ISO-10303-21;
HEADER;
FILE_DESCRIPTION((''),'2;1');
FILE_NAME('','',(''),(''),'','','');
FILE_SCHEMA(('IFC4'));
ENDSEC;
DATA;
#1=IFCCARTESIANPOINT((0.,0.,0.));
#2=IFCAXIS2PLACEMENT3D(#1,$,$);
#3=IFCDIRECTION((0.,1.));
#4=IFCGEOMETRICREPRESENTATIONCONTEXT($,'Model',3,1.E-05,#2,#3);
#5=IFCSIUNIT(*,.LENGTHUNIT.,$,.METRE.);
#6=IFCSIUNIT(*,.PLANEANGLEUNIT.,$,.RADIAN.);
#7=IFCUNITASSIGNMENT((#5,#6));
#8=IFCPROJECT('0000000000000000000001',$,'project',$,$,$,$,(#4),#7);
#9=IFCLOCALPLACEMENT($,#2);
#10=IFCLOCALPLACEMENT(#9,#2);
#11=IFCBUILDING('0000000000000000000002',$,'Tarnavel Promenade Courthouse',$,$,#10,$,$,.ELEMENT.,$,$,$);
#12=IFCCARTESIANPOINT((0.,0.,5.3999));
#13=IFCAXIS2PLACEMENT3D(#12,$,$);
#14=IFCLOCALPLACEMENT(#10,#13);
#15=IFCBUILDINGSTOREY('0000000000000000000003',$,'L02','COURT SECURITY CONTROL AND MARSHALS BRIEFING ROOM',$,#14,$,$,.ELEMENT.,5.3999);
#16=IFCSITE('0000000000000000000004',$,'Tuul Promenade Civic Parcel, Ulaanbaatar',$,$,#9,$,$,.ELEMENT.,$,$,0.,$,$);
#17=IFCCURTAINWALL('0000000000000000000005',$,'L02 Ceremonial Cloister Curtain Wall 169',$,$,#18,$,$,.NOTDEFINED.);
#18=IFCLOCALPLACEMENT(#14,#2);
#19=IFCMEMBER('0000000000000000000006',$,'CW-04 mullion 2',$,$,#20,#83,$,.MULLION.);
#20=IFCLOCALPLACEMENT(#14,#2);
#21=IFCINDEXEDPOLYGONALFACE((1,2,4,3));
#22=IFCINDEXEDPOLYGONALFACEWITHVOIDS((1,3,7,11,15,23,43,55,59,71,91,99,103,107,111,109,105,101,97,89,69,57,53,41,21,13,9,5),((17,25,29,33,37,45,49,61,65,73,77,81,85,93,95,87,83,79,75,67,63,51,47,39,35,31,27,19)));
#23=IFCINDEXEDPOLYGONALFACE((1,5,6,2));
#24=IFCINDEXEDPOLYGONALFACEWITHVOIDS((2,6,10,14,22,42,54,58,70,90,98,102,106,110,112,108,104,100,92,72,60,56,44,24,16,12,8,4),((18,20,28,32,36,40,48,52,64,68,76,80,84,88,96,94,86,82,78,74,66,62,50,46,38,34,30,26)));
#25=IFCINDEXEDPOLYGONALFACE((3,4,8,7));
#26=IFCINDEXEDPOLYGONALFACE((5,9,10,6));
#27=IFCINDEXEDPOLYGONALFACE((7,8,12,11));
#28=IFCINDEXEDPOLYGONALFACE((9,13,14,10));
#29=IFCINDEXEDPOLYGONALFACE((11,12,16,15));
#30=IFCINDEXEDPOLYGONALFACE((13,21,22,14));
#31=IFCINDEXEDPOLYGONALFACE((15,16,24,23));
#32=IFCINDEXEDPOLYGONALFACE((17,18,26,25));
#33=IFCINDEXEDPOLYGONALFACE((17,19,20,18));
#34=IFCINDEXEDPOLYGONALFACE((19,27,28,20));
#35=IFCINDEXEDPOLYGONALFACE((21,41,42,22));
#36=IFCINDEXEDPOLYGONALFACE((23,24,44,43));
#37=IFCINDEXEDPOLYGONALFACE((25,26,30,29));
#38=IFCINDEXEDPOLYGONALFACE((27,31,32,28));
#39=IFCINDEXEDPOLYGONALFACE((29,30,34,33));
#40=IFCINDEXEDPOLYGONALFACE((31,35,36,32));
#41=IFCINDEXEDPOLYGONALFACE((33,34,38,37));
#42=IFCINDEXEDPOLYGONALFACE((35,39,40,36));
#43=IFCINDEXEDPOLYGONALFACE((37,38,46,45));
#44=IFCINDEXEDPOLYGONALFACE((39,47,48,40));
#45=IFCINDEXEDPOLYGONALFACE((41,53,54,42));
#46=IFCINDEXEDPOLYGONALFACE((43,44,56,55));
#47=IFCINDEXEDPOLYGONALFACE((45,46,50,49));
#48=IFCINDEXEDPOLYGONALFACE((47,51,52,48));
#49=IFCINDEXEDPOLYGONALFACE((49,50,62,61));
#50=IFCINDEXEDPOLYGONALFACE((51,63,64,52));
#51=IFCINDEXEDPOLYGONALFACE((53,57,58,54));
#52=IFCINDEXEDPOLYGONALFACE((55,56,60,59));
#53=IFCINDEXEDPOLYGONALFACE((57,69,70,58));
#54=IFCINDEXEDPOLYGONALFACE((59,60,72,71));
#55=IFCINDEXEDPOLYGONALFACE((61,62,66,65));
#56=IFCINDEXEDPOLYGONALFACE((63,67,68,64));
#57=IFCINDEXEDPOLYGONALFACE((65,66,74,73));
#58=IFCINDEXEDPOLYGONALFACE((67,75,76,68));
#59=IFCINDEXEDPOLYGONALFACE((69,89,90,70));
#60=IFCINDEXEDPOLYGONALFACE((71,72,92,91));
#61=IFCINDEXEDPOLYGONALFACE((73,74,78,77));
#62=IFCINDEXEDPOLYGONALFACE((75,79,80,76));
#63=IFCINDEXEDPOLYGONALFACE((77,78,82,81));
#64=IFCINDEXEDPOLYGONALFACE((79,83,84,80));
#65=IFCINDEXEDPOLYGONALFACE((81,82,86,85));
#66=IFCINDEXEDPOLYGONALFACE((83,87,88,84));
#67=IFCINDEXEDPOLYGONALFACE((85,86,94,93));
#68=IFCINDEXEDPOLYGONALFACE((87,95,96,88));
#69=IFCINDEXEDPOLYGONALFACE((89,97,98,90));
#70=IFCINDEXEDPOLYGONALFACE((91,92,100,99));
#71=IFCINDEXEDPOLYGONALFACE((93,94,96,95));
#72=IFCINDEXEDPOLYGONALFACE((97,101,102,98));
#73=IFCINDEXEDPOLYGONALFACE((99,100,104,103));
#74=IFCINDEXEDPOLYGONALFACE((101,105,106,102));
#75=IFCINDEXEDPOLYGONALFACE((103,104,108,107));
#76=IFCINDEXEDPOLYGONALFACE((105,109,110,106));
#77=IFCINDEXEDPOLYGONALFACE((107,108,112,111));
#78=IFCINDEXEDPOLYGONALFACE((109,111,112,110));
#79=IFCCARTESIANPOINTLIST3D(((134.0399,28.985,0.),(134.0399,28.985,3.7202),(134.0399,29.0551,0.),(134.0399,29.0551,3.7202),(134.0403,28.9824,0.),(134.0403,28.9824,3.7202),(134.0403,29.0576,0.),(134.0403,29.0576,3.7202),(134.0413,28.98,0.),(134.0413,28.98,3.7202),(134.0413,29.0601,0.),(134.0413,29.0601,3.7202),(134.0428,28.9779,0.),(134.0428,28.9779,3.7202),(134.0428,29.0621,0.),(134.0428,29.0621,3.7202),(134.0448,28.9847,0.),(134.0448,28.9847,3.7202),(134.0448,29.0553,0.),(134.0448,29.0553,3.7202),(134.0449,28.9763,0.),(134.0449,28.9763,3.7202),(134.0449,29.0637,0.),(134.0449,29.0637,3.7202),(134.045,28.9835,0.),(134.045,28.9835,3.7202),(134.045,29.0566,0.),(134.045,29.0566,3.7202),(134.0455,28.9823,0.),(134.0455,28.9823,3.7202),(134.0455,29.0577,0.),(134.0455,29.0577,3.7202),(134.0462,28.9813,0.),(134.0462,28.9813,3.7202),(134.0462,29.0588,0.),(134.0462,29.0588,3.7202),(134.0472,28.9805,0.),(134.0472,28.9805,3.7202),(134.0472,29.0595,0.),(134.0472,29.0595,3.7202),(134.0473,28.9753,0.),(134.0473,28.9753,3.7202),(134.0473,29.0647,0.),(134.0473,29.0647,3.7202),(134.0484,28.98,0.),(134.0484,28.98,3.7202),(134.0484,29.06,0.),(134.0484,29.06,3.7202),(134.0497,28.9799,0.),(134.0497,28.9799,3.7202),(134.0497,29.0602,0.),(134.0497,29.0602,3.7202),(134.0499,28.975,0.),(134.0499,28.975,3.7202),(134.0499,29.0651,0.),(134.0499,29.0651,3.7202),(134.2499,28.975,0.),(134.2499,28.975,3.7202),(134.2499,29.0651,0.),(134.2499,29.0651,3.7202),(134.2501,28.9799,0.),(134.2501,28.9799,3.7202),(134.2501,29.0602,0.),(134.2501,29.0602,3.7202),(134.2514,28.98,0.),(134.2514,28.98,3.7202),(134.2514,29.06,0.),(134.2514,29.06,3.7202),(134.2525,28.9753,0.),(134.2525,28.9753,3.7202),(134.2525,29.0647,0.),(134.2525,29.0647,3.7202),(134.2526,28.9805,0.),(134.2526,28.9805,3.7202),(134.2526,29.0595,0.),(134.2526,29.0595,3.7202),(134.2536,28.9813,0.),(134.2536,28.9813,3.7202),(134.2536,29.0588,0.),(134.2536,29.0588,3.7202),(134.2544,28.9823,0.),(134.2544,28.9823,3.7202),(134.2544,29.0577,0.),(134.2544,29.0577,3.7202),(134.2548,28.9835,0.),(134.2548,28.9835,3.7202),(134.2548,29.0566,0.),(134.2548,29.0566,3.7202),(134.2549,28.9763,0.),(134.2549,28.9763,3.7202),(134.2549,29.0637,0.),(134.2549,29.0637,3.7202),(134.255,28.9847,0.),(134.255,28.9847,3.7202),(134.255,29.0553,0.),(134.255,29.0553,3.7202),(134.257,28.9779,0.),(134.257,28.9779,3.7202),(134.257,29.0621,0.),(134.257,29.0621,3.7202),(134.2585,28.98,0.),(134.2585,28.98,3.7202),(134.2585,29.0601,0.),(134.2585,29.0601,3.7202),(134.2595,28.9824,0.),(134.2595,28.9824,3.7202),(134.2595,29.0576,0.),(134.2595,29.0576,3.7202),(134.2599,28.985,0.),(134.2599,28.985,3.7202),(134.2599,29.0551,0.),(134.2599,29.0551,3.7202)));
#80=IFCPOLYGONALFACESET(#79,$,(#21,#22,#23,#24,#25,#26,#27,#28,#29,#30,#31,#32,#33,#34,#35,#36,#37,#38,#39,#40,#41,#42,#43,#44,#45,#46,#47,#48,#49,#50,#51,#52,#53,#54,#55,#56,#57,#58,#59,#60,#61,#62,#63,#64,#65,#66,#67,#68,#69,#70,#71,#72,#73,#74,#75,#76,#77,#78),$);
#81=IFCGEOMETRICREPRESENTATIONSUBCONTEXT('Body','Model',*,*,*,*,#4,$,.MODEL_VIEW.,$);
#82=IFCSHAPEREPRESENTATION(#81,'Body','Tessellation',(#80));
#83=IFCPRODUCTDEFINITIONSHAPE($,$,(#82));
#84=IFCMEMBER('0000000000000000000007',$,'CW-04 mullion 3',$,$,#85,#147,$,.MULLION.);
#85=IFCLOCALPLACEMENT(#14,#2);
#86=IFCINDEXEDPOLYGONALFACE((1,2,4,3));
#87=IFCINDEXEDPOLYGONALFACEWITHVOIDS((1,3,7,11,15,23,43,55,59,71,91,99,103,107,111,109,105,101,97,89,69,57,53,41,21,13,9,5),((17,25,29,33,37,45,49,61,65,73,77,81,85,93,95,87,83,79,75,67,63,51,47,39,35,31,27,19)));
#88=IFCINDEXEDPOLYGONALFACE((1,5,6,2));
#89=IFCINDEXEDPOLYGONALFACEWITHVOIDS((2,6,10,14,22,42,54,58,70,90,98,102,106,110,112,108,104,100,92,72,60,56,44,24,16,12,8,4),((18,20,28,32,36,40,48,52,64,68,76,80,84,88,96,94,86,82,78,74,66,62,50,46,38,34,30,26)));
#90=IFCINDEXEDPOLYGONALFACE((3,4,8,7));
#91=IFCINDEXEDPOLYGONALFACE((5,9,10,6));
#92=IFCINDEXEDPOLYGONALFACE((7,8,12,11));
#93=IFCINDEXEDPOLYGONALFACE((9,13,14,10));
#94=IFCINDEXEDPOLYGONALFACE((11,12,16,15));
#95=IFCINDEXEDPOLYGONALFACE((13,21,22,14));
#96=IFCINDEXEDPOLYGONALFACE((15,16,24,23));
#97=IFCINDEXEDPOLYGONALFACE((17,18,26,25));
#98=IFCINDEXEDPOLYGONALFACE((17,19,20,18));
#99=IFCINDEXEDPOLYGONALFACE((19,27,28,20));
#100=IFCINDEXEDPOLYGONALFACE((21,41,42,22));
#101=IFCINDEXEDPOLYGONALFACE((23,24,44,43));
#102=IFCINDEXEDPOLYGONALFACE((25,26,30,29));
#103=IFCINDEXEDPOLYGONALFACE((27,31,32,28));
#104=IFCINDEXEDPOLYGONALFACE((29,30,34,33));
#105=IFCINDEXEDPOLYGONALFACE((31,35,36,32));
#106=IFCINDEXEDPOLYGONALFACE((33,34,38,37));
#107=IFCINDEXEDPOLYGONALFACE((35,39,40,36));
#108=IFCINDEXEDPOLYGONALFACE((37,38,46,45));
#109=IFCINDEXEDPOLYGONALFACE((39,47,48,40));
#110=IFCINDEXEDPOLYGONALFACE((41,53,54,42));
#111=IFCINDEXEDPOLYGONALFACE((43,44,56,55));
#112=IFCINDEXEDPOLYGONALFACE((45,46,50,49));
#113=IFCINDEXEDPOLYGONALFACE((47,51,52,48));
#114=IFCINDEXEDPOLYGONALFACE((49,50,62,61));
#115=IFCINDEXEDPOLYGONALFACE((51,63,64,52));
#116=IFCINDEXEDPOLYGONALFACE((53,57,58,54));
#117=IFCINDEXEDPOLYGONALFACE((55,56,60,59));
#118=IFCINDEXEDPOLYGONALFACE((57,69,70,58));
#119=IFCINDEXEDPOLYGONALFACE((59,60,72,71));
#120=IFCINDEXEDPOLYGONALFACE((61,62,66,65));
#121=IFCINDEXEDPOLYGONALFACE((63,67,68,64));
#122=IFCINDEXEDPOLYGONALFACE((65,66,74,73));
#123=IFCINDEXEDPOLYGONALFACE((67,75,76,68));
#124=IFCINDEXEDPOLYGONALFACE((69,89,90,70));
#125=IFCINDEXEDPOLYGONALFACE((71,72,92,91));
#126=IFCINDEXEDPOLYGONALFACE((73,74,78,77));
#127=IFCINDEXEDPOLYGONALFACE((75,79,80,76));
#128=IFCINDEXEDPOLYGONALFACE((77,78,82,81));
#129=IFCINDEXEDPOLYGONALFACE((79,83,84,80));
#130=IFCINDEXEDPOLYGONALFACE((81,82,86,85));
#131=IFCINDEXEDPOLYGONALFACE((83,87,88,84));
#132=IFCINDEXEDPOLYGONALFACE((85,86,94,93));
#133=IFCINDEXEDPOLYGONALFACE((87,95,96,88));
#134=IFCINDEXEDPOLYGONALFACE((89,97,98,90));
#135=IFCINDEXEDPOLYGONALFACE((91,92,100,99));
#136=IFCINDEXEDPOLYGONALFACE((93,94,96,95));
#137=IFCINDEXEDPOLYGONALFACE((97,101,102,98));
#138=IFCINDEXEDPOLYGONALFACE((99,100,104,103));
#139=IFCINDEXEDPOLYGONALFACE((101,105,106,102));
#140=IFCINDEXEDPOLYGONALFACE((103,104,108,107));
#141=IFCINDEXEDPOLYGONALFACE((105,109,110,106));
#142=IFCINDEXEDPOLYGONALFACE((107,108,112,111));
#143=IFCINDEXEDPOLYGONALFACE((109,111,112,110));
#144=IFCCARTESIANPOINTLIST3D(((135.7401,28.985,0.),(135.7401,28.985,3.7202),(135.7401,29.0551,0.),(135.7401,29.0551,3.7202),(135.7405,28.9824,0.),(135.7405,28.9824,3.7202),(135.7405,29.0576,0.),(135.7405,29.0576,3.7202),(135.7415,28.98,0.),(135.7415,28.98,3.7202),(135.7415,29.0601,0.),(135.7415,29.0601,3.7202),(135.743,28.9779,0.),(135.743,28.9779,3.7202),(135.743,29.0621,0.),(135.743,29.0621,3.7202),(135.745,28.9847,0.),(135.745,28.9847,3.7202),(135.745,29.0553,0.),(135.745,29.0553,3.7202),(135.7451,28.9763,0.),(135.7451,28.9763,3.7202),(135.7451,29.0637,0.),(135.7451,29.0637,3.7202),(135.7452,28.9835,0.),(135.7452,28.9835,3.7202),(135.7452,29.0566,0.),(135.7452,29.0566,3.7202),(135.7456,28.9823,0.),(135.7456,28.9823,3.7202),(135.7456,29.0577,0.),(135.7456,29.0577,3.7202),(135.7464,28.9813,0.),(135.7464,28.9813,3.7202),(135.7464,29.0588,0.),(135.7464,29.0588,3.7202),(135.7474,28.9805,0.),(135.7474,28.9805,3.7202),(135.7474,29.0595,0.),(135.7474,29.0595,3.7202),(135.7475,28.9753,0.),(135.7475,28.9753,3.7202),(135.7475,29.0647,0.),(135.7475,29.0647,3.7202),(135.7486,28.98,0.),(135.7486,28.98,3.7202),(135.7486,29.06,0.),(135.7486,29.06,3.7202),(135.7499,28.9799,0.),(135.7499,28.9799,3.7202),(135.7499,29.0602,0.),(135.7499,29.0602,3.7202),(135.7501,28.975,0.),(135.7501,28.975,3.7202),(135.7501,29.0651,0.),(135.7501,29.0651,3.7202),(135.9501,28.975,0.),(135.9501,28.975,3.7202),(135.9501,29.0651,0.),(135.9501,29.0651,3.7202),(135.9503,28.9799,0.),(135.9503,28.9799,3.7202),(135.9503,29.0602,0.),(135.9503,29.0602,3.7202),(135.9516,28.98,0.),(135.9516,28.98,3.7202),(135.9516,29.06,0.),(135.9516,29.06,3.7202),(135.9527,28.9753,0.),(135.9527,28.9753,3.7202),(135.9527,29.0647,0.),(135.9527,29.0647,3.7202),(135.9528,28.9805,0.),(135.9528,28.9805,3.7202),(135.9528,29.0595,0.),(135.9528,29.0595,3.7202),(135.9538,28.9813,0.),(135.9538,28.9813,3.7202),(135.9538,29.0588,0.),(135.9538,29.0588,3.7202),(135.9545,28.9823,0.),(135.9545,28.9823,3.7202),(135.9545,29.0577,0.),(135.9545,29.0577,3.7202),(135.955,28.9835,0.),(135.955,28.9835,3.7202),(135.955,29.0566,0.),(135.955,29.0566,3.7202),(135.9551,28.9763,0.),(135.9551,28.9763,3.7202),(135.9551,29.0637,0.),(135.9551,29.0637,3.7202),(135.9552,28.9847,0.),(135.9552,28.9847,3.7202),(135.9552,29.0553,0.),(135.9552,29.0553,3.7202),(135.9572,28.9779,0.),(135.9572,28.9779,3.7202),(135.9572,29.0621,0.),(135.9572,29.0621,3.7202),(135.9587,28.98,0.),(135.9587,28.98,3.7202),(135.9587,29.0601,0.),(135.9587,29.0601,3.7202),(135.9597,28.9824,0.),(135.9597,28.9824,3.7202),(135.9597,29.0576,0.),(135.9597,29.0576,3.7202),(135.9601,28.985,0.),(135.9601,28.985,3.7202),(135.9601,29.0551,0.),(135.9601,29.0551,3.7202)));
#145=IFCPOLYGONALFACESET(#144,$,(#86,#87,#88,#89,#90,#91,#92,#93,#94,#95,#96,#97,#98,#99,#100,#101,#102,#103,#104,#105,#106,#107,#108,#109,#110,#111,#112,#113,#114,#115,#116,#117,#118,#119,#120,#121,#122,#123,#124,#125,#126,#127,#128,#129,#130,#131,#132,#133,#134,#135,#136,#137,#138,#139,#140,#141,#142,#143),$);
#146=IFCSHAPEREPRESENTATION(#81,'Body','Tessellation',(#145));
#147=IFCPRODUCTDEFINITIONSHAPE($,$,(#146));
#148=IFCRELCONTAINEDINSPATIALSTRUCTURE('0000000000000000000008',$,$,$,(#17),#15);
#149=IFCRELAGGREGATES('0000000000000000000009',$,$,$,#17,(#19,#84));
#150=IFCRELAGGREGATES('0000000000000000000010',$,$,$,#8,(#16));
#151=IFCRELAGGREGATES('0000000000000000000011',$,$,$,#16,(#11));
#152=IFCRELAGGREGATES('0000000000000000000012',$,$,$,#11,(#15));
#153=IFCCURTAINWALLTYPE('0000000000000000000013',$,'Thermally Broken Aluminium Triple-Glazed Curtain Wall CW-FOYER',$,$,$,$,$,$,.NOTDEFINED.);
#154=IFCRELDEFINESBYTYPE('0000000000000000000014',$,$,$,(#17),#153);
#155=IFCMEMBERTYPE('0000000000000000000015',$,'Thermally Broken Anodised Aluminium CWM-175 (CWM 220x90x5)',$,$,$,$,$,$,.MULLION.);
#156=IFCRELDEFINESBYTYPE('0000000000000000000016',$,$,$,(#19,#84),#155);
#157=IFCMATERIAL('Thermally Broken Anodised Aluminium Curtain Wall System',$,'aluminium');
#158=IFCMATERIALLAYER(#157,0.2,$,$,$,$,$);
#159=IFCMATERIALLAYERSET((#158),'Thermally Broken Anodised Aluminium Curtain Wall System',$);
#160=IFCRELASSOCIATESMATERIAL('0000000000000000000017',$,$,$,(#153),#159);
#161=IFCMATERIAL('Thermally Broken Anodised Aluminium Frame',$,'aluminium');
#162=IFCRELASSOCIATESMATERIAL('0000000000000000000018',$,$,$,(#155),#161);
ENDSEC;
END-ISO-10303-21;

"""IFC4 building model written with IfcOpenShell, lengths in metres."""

from ifc_helpers import new_model, si_unit, direction, frame, origin, origin_2d, place, context, subcontext, project, spatial, hollow_rectangle, extrude, material, layer, layer_set, material_profile, profile_set, type_object, element, aggregate, save


model = new_model("IFC4")

# Units and contexts
model_context = context("Model", 3, precision=1e-05, world=origin(), true_north=direction((0.0, 1.0)))
body_context = subcontext(model_context, "Body", "Model", "MODEL_VIEW")
ifc_project = project(units=[si_unit("LENGTHUNIT", "METRE"), si_unit("PLANEANGLEUNIT", "RADIAN")], contexts=[model_context])

# Site, building, storey
site_placement = place(None, origin())
site = spatial("IfcSite", under=ifc_project, at=site_placement, Name="Tuul Promenade Civic Parcel, Ulaanbaatar", CompositionType="ELEMENT", RefElevation=0.0)
building_placement = place(site_placement, origin())
building = spatial("IfcBuilding", under=site, at=building_placement, Name="Tarnavel Promenade Courthouse", CompositionType="ELEMENT")
storey_placement = place(building_placement, frame((0.0, 0.0, 5.3999)))
storey = spatial("IfcBuildingStorey", under=building, at=storey_placement, Name="L02", Description="COURT SECURITY CONTROL AND MARSHALS BRIEFING ROOM", CompositionType="ELEMENT", Elevation=5.3999)

# Curtain wall, members
ifc_material_1 = material(Name="Thermally Broken Anodised Aluminium Curtain Wall System", Category="aluminium")
ifc_layer_1 = layer(ifc_material_1, 0.2)
ifc_layer_set_1 = layer_set([ifc_layer_1], Name="Thermally Broken Anodised Aluminium Curtain Wall System")
curtain_wall_type = type_object("IfcCurtainWallType", Name="Thermally Broken Aluminium Triple-Glazed Curtain Wall CW-FOYER", PredefinedType="NOTDEFINED", material=ifc_layer_set_1)
ifc_material_2 = material(Name="Thermally Broken Anodised Aluminium Frame", Category="aluminium")
ifc_material_profile_1 = material_profile(ifc_material_2, hollow_rectangle(XDim=0.0901, YDim=0.22, WallThickness=0.0049, InnerFilletRadius=0.0049, OuterFilletRadius=0.01, at=origin_2d()), Name="CWM 220x90x5")
ifc_profile_set_1 = profile_set([ifc_material_profile_1], Name="Thermally Broken Anodised Aluminium Frame")
member_type_1 = type_object("IfcMemberType", Name="Thermally Broken Anodised Aluminium CWM-175 (CWM 220x90x5)", PredefinedType="MULLION", material=ifc_profile_set_1)
curtain_wall_1_placement = place(storey_placement, origin())
curtain_wall_1 = element("IfcCurtainWall", 1, at=curtain_wall_1_placement, inside=storey, type_object=curtain_wall_type, Name="L02 Ceremonial Cloister Curtain Wall 169", PredefinedType="NOTDEFINED")
member_1_placement = place(storey_placement, frame((134.1499, 29.02, 0.0), z_axis=(0.0, 0.0, 1.0), x_axis=(0.0, 1.0, 0.0)))
member_1 = element("IfcMember", 2, at=member_1_placement, type_object=member_type_1, Name="CW-04 mullion 2", PredefinedType="MULLION", context=body_context, shape_type="SweptSolid", body=[
    extrude(hollow_rectangle(XDim=0.0901, YDim=0.22, WallThickness=0.0049, InnerFilletRadius=0.0049, OuterFilletRadius=0.01, at=origin_2d()), origin(), (0.0, 0.0, 1.0), 3.7202),
])
member_2_placement = place(storey_placement, frame((135.8501, 29.02, 0.0), z_axis=(0.0, 0.0, 1.0), x_axis=(0.0, 1.0, 0.0)))
member_2 = element("IfcMember", 3, at=member_2_placement, type_object=member_type_1, Name="CW-04 mullion 3", PredefinedType="MULLION", context=body_context, shape_type="SweptSolid", body=[
    extrude(hollow_rectangle(XDim=0.0901, YDim=0.22, WallThickness=0.0049, InnerFilletRadius=0.0049, OuterFilletRadius=0.01, at=origin_2d()), origin(), (0.0, 0.0, 1.0), 3.7202),
])

aggregate(curtain_wall_1, [member_1, member_2])

save(model, "model.ifc")
